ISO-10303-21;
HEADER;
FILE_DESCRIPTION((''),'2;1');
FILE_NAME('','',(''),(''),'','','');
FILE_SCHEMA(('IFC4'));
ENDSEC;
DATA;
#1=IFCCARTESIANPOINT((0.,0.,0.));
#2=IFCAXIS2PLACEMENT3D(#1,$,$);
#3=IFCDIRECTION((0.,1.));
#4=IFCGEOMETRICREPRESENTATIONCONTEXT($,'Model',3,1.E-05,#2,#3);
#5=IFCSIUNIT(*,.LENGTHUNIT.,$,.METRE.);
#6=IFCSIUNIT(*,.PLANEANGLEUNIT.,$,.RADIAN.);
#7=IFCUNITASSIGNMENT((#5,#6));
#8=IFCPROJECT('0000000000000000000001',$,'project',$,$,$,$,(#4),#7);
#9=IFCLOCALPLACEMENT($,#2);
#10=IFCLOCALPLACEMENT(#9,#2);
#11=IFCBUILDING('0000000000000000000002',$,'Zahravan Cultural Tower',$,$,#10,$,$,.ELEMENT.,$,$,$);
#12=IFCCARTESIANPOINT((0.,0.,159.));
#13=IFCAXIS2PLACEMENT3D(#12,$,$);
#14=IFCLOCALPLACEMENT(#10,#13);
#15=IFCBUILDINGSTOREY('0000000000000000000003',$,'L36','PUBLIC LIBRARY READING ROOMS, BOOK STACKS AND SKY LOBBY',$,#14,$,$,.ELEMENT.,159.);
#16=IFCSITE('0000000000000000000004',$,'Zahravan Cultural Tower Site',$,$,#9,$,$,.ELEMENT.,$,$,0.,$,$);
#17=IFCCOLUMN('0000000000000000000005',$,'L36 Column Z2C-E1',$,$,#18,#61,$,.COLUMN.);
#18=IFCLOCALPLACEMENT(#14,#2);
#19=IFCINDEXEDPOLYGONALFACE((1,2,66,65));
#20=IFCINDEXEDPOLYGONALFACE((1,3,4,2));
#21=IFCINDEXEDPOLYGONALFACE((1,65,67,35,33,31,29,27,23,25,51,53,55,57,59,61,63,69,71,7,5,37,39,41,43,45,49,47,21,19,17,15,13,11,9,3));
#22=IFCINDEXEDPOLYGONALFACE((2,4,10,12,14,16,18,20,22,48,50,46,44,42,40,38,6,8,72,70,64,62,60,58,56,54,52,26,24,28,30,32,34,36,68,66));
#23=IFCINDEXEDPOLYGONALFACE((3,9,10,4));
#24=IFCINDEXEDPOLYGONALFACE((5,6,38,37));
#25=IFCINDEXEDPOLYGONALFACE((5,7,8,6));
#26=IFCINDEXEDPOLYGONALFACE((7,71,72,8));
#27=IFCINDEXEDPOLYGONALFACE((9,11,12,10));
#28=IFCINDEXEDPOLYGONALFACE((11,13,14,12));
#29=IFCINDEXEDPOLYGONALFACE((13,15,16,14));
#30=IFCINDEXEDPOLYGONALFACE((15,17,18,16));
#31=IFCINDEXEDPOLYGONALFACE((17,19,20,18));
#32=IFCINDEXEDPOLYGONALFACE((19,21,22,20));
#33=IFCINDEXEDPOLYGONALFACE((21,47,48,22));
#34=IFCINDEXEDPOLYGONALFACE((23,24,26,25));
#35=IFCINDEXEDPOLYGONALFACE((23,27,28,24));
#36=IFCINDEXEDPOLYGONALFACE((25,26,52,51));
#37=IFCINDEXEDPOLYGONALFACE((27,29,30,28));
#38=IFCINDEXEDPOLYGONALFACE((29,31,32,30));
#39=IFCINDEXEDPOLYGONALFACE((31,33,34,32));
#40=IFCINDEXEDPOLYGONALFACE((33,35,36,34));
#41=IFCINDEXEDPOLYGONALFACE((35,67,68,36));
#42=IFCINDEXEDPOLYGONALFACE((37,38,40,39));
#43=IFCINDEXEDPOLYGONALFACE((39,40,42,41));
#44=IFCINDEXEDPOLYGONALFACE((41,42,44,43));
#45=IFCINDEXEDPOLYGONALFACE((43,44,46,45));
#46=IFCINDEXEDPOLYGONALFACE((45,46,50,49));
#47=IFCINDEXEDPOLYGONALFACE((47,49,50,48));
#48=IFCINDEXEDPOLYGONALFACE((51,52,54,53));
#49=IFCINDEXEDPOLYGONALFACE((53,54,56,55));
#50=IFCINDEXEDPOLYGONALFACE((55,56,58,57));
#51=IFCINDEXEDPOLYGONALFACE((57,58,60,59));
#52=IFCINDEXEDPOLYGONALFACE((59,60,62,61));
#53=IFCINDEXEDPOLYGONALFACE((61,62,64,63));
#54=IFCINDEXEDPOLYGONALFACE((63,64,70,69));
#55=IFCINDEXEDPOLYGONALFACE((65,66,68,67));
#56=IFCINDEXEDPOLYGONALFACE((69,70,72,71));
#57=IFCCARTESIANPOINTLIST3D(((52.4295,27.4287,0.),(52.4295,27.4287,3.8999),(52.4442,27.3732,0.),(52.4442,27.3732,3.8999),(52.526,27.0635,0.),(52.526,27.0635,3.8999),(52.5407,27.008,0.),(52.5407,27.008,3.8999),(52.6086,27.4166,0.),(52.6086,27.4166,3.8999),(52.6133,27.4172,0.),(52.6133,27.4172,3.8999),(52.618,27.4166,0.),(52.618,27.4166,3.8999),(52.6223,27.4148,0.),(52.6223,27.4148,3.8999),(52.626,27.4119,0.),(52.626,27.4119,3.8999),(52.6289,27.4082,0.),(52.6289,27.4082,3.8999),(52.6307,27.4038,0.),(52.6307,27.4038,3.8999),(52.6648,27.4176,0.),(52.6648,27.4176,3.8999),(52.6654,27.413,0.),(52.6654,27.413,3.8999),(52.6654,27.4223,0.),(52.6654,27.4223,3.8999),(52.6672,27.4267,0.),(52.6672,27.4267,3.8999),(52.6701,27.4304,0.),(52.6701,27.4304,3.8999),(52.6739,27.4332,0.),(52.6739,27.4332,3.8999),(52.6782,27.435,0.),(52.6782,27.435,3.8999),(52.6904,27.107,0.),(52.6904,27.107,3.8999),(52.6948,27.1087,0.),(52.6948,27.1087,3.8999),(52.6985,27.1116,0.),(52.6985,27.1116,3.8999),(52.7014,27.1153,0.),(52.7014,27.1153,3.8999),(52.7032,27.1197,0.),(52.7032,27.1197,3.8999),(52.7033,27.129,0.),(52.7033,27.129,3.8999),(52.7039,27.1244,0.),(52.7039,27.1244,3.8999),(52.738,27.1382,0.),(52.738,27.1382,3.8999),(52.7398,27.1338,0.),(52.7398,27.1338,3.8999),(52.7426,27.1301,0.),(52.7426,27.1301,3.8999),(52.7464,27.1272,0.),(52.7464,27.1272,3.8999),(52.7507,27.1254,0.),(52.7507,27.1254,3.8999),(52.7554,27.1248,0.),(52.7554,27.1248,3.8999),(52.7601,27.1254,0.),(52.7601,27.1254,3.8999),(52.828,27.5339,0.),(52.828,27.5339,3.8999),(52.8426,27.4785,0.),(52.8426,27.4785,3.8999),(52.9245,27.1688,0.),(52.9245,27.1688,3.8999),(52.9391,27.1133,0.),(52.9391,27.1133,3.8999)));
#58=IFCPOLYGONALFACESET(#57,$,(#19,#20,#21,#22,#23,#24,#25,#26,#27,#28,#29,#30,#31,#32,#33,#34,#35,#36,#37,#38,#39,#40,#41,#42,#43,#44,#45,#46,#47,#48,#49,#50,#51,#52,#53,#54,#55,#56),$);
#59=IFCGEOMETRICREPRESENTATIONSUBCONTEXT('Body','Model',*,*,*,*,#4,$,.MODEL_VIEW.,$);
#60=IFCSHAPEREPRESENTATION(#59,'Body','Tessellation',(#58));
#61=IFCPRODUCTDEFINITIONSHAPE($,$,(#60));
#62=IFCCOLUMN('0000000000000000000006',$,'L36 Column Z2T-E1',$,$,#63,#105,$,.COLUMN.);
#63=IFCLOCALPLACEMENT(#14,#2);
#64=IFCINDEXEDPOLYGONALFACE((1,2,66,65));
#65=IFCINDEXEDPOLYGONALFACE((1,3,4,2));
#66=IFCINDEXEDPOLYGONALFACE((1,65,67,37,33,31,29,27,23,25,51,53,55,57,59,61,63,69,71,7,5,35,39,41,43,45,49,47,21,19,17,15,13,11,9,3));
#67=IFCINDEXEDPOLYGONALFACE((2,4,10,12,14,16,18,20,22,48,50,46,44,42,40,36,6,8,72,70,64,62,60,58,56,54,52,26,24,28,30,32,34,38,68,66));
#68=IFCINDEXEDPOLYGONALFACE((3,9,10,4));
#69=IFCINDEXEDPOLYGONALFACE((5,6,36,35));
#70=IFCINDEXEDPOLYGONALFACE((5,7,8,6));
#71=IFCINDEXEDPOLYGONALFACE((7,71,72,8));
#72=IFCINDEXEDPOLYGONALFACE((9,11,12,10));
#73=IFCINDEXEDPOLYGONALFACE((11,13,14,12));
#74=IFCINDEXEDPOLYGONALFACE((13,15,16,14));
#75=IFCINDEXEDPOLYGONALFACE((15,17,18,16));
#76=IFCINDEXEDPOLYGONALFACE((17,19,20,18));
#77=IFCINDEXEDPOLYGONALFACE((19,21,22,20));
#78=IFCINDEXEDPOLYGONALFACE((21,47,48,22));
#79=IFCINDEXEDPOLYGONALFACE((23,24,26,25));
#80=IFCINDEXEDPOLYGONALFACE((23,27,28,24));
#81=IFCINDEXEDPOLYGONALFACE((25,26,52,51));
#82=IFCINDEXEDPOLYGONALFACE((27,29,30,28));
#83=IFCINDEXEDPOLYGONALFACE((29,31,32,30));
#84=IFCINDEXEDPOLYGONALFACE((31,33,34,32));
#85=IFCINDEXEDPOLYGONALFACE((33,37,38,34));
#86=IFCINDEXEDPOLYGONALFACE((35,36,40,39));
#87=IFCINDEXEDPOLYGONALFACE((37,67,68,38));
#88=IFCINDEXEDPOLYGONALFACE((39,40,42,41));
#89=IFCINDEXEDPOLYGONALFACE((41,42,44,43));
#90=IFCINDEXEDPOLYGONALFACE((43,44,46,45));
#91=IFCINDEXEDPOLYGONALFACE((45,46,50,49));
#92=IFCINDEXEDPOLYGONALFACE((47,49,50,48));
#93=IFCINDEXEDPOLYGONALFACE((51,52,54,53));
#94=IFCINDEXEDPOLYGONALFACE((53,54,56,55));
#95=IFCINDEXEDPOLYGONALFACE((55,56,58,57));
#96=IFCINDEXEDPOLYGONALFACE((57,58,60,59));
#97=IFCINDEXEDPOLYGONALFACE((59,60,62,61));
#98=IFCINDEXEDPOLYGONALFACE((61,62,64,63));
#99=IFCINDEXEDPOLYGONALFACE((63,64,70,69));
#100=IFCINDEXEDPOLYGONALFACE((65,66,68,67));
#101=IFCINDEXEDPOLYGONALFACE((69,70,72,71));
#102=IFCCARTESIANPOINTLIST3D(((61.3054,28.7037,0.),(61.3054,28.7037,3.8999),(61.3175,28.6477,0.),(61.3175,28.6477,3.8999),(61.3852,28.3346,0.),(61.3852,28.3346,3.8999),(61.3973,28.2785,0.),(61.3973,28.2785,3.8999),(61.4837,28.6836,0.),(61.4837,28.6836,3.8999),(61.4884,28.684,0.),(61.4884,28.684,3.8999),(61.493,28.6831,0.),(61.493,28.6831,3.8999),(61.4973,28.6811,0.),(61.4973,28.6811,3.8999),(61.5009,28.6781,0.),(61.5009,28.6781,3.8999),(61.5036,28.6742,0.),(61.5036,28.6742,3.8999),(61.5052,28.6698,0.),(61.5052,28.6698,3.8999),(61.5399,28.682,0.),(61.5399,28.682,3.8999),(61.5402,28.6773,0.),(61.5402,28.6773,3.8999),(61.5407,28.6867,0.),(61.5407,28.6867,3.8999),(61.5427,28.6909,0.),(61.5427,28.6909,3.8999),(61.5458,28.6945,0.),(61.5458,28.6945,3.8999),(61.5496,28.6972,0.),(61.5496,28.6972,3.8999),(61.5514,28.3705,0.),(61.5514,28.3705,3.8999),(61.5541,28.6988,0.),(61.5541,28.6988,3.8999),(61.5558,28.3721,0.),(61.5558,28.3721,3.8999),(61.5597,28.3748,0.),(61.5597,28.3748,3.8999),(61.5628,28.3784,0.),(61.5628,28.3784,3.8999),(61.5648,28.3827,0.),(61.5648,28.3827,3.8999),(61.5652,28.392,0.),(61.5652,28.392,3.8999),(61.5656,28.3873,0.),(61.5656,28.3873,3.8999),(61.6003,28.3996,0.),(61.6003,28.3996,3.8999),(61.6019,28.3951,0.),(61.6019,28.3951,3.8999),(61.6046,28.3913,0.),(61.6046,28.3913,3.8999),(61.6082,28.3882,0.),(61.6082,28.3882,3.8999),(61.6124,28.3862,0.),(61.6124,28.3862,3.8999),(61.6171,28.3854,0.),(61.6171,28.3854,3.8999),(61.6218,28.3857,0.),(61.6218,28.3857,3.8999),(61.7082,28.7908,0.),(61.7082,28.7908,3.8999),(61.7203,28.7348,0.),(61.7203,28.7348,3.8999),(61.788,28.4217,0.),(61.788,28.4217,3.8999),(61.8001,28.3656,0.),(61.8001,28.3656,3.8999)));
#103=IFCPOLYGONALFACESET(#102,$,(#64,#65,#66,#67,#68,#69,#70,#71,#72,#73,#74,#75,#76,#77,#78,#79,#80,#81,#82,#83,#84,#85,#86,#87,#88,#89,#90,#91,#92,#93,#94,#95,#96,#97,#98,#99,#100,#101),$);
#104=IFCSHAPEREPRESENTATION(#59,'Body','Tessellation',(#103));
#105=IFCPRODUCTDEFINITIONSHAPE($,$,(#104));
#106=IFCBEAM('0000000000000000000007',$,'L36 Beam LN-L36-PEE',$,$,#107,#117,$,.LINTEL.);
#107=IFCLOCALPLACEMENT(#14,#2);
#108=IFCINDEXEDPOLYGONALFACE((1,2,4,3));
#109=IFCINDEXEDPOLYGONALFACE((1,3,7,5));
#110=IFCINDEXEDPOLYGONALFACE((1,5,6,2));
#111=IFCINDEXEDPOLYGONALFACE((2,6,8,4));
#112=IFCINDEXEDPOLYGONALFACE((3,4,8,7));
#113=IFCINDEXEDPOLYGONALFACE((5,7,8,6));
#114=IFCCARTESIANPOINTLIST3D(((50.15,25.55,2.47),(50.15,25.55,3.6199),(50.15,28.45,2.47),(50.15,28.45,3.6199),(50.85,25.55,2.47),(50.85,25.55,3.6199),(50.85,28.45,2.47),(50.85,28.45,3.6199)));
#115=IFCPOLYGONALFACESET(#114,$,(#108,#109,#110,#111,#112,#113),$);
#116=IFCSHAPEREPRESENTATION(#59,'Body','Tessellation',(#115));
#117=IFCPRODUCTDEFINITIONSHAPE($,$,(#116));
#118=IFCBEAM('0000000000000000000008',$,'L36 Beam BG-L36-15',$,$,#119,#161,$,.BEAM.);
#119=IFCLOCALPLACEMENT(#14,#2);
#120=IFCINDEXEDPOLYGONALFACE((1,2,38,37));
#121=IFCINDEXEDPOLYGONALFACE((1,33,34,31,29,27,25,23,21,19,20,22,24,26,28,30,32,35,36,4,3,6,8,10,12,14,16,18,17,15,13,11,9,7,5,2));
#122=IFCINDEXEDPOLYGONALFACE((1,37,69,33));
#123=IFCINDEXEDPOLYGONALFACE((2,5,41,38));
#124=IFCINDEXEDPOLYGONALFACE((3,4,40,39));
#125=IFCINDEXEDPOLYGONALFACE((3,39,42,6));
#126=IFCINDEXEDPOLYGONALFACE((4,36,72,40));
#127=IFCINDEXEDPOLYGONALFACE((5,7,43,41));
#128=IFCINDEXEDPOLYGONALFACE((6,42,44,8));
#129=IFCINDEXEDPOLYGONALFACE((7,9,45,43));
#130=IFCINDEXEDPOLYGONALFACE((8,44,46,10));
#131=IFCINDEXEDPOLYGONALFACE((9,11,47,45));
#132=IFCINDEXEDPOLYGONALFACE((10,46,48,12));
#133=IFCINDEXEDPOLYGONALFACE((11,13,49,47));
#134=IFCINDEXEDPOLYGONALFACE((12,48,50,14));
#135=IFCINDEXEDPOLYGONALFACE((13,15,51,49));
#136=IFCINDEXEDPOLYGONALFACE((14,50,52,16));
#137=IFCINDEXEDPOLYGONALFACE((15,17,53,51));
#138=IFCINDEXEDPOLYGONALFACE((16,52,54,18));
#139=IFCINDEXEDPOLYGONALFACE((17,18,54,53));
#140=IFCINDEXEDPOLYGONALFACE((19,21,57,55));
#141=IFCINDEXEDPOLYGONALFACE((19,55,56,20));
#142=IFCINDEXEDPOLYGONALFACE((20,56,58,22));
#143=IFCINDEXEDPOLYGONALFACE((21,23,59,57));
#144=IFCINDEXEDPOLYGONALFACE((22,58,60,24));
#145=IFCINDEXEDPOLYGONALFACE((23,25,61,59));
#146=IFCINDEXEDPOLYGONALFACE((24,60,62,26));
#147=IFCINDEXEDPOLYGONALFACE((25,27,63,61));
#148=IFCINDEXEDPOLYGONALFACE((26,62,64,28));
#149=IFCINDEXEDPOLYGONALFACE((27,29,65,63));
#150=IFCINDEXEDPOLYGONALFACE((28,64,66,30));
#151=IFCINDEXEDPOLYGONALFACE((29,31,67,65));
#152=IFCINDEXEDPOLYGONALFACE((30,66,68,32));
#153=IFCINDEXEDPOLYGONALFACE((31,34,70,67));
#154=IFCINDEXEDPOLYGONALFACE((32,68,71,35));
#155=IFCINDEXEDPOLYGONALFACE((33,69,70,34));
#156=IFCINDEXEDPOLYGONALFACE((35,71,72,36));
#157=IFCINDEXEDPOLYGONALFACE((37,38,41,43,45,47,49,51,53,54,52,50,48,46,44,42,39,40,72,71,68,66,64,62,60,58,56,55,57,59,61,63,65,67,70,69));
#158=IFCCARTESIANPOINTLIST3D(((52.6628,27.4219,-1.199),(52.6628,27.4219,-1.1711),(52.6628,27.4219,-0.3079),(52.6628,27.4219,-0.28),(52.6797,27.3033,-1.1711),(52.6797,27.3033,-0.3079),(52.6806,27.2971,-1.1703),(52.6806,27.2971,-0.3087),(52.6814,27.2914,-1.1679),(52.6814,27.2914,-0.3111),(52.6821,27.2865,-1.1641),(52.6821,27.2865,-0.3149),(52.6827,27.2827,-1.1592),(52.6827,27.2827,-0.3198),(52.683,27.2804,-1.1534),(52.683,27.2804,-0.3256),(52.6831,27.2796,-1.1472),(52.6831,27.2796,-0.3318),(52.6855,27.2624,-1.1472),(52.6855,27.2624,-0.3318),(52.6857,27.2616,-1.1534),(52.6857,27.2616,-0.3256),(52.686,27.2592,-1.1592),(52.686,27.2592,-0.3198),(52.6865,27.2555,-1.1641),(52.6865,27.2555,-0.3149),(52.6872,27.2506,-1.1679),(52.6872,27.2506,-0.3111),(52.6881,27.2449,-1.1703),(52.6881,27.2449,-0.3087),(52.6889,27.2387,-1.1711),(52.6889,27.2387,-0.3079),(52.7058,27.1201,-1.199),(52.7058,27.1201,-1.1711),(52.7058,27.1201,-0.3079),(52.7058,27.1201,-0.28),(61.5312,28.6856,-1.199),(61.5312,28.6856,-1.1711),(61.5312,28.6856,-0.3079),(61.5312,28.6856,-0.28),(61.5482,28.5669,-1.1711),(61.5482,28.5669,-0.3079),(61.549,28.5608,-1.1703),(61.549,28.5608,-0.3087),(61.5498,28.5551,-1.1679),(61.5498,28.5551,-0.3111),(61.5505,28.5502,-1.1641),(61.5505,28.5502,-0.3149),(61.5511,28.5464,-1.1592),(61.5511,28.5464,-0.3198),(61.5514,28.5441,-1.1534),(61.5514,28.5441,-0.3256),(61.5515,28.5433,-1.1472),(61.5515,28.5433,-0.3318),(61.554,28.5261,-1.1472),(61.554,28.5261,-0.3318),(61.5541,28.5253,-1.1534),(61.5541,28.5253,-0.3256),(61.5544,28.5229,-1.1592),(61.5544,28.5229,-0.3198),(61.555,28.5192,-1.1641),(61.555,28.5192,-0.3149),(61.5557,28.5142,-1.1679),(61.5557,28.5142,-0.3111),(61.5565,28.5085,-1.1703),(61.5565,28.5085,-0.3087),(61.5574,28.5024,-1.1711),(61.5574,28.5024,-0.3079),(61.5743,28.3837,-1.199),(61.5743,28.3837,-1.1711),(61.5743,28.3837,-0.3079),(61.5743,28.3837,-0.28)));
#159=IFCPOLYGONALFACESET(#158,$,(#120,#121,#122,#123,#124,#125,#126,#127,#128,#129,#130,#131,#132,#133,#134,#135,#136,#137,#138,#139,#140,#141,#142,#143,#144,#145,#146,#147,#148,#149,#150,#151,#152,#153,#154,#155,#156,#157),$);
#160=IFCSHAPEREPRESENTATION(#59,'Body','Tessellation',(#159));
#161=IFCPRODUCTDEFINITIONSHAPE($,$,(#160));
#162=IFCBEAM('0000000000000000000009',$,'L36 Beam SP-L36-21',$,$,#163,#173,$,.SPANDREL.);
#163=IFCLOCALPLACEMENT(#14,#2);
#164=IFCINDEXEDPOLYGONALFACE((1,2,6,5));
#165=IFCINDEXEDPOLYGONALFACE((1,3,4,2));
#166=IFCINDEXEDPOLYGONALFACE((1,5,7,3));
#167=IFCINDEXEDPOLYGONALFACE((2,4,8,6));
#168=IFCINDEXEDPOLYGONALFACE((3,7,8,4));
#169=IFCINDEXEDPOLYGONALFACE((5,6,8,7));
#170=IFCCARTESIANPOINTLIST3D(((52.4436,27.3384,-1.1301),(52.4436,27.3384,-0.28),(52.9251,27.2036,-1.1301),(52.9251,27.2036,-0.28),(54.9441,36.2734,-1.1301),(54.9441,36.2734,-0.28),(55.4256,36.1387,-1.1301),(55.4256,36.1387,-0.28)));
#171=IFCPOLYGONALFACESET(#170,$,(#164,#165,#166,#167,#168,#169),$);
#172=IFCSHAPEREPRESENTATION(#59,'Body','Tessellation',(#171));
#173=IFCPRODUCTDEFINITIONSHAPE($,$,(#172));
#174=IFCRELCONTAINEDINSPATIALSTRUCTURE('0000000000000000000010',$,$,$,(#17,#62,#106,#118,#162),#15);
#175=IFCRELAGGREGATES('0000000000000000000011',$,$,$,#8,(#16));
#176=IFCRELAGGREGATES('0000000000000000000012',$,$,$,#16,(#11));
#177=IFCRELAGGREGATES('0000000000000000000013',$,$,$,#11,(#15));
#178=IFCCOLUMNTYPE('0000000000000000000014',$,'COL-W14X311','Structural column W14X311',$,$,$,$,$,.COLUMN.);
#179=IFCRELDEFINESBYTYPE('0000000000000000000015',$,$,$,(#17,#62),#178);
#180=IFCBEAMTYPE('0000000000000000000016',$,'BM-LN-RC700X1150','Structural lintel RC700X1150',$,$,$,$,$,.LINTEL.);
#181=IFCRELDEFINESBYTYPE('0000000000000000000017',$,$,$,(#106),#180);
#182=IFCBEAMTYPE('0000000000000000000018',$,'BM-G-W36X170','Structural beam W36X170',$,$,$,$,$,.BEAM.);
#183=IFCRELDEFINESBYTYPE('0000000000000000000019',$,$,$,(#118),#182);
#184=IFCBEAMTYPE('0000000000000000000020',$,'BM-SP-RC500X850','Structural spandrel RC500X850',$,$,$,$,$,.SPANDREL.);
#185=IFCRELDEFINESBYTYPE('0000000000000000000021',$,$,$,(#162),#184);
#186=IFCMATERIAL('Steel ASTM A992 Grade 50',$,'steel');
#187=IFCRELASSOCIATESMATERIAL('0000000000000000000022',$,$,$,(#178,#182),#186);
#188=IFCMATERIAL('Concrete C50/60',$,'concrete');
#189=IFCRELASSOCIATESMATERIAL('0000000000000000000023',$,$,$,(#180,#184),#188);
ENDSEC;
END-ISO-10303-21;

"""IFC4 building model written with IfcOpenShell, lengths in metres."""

from ifc_helpers import new_model, si_unit, direction, frame, origin, origin_2d, place, context, subcontext, project, spatial, rectangle, i_section, extrude, source, transform, mapped, material, material_profile, profile_set, type_object, element, save


model = new_model("IFC4")

# Units and contexts
model_context = context("Model", 3, precision=1e-05, world=origin(), true_north=direction((0.0, 1.0)))
body_context = subcontext(model_context, "Body", "Model", "MODEL_VIEW")
ifc_project = project(units=[si_unit("LENGTHUNIT", "METRE"), si_unit("PLANEANGLEUNIT", "RADIAN")], contexts=[model_context])

# Site, building, storey
site_placement = place(None, origin())
site = spatial("IfcSite", under=ifc_project, at=site_placement, Name="Zahravan Cultural Tower Site", CompositionType="ELEMENT", RefElevation=0.0)
building_placement = place(site_placement, origin())
building = spatial("IfcBuilding", under=site, at=building_placement, Name="Zahravan Cultural Tower", CompositionType="ELEMENT")
storey_placement = place(building_placement, frame((0.0, 0.0, 159.0)))
storey = spatial("IfcBuildingStorey", under=building, at=storey_placement, Name="L36", Description="PUBLIC LIBRARY READING ROOMS, BOOK STACKS AND SKY LOBBY", CompositionType="ELEMENT", Elevation=159.0)

# Columns
ifc_material_1 = material(Name="Steel ASTM A992 Grade 50", Category="steel")
ifc_material_profile_1 = material_profile(ifc_material_1, i_section(OverallWidth=0.4121, OverallDepth=0.4351, WebThickness=0.0359, FlangeThickness=0.0574, FilletRadius=0.0181, at=origin_2d()), Name="W14X311")
ifc_profile_set_1 = profile_set([ifc_material_profile_1], Name="Steel ASTM A992 Grade 50")
column_type = type_object("IfcColumnType", Name="COL-W14X311", Description="Structural column W14X311", PredefinedType="COLUMN", material=ifc_profile_set_1)
shared_shape_1 = source(origin(), body_context, "Body", "SweptSolid", [
    extrude(i_section(OverallWidth=0.4121, OverallDepth=0.4351, WebThickness=0.0359, FlangeThickness=0.0574, FilletRadius=0.0181, at=origin_2d()), origin(), (0.0, 0.0, 1.0), 3.8999),
])
for number, where, z_axis, x_axis, name in (
    (1, (52.6843, 27.271, 0.0), (0.0, 0.0, 1.0), (0.966823, 0.255446, 0.0), "L36 Column Z2C-E1"),
    (2, (61.5527, 28.5347, 0.0), (0.0, 0.0, 1.0), (0.977416, 0.211325, 0.0), "L36 Column Z2T-E1"),
):
    element("IfcColumn", number, at=place(storey_placement, frame(where, z_axis=z_axis, x_axis=x_axis)), inside=storey, type_object=column_type, Name=name, PredefinedType="COLUMN", context=body_context, shape_type="MappedRepresentation", body=[
        mapped(shared_shape_1, transform((0.0, 0.0, 0.0), x_axis=(1.0, 0.0, 0.0), y_axis=(0.0, 1.0, 0.0), z_axis=(0.0, 0.0, 1.0), scale=1.0)),
    ])

# Beams
ifc_material_2 = material(Name="Concrete C50/60", Category="concrete")
ifc_material_profile_2 = material_profile(ifc_material_2, rectangle(XDim=0.7, YDim=1.1499, at=origin_2d()), Name="RC700X1150")
ifc_profile_set_2 = profile_set([ifc_material_profile_2], Name="Concrete C50/60")
beam_type_1 = type_object("IfcBeamType", Name="BM-LN-RC700X1150", Description="Structural lintel RC700X1150", PredefinedType="LINTEL", material=ifc_profile_set_2)
shared_shape_2 = source(origin(), body_context, "Body", "SweptSolid", [
    extrude(rectangle(XDim=0.7, YDim=1.1499, at=origin_2d()), origin(), (0.0, 0.0, 1.0), 2.8999),
])
beam_1_placement = place(storey_placement, frame((50.5, 25.55, 3.0449), z_axis=(0.0, 1.0, 0.0), x_axis=(-1.0, 0.0, 0.0)))
element("IfcBeam", 3, at=beam_1_placement, inside=storey, type_object=beam_type_1, Name="L36 Beam LN-L36-PEE", PredefinedType="LINTEL", context=body_context, shape_type="MappedRepresentation", body=[
    mapped(shared_shape_2, transform((0.0, 0.0, 0.0), x_axis=(1.0, 0.0, 0.0), y_axis=(0.0, 1.0, 0.0), z_axis=(0.0, 0.0, 1.0), scale=1.0)),
])
ifc_material_profile_3 = material_profile(ifc_material_1, i_section(OverallWidth=0.3049, OverallDepth=0.9189, WebThickness=0.0173, FlangeThickness=0.0278, FilletRadius=0.0239, at=origin_2d()), Name="W36X170")
ifc_profile_set_3 = profile_set([ifc_material_profile_3], Name="Steel ASTM A992 Grade 50")
beam_type_2 = type_object("IfcBeamType", Name="BM-G-W36X170", Description="Structural beam W36X170", PredefinedType="BEAM", material=ifc_profile_set_3)
shared_shape_3 = source(origin(), body_context, "Body", "SweptSolid", [
    extrude(i_section(OverallWidth=0.3049, OverallDepth=0.9189, WebThickness=0.0173, FlangeThickness=0.0278, FilletRadius=0.0239, at=origin_2d()), origin(), (0.0, 0.0, 1.0), 8.958),
])
beam_2_placement = place(storey_placement, frame((52.6843, 27.271, -0.7395), z_axis=(0.99, 0.141067, 0.0), x_axis=(-0.141067, 0.99, 0.0)))
element("IfcBeam", 4, at=beam_2_placement, inside=storey, type_object=beam_type_2, Name="L36 Beam BG-L36-15", PredefinedType="BEAM", context=body_context, shape_type="MappedRepresentation", body=[
    mapped(shared_shape_3, transform((0.0, 0.0, 0.0), x_axis=(1.0, 0.0, 0.0), y_axis=(0.0, 1.0, 0.0), z_axis=(0.0, 0.0, 1.0), scale=1.0)),
])
ifc_material_profile_4 = material_profile(ifc_material_2, rectangle(XDim=0.5, YDim=0.8501, at=origin_2d()), Name="RC500X850")
ifc_profile_set_4 = profile_set([ifc_material_profile_4], Name="Concrete C50/60")
beam_type_3 = type_object("IfcBeamType", Name="BM-SP-RC500X850", Description="Structural spandrel RC500X850", PredefinedType="SPANDREL", material=ifc_profile_set_4)
shared_shape_4 = source(origin(), body_context, "Body", "SweptSolid", [
    extrude(rectangle(XDim=0.5, YDim=0.8501, at=origin_2d()), origin(), (0.0, 0.0, 1.0), 9.2783),
])
beam_3_placement = place(storey_placement, frame((52.6843, 27.271, -0.7051), z_axis=(0.269497, 0.963001, 0.0), x_axis=(-0.963001, 0.269497, 0.0)))
element("IfcBeam", 5, at=beam_3_placement, inside=storey, type_object=beam_type_3, Name="L36 Beam SP-L36-21", PredefinedType="SPANDREL", context=body_context, shape_type="MappedRepresentation", body=[
    mapped(shared_shape_4, transform((0.0, 0.0, 0.0), x_axis=(1.0, 0.0, 0.0), y_axis=(0.0, 1.0, 0.0), z_axis=(0.0, 0.0, 1.0), scale=1.0)),
])

save(model, "model.ifc")
